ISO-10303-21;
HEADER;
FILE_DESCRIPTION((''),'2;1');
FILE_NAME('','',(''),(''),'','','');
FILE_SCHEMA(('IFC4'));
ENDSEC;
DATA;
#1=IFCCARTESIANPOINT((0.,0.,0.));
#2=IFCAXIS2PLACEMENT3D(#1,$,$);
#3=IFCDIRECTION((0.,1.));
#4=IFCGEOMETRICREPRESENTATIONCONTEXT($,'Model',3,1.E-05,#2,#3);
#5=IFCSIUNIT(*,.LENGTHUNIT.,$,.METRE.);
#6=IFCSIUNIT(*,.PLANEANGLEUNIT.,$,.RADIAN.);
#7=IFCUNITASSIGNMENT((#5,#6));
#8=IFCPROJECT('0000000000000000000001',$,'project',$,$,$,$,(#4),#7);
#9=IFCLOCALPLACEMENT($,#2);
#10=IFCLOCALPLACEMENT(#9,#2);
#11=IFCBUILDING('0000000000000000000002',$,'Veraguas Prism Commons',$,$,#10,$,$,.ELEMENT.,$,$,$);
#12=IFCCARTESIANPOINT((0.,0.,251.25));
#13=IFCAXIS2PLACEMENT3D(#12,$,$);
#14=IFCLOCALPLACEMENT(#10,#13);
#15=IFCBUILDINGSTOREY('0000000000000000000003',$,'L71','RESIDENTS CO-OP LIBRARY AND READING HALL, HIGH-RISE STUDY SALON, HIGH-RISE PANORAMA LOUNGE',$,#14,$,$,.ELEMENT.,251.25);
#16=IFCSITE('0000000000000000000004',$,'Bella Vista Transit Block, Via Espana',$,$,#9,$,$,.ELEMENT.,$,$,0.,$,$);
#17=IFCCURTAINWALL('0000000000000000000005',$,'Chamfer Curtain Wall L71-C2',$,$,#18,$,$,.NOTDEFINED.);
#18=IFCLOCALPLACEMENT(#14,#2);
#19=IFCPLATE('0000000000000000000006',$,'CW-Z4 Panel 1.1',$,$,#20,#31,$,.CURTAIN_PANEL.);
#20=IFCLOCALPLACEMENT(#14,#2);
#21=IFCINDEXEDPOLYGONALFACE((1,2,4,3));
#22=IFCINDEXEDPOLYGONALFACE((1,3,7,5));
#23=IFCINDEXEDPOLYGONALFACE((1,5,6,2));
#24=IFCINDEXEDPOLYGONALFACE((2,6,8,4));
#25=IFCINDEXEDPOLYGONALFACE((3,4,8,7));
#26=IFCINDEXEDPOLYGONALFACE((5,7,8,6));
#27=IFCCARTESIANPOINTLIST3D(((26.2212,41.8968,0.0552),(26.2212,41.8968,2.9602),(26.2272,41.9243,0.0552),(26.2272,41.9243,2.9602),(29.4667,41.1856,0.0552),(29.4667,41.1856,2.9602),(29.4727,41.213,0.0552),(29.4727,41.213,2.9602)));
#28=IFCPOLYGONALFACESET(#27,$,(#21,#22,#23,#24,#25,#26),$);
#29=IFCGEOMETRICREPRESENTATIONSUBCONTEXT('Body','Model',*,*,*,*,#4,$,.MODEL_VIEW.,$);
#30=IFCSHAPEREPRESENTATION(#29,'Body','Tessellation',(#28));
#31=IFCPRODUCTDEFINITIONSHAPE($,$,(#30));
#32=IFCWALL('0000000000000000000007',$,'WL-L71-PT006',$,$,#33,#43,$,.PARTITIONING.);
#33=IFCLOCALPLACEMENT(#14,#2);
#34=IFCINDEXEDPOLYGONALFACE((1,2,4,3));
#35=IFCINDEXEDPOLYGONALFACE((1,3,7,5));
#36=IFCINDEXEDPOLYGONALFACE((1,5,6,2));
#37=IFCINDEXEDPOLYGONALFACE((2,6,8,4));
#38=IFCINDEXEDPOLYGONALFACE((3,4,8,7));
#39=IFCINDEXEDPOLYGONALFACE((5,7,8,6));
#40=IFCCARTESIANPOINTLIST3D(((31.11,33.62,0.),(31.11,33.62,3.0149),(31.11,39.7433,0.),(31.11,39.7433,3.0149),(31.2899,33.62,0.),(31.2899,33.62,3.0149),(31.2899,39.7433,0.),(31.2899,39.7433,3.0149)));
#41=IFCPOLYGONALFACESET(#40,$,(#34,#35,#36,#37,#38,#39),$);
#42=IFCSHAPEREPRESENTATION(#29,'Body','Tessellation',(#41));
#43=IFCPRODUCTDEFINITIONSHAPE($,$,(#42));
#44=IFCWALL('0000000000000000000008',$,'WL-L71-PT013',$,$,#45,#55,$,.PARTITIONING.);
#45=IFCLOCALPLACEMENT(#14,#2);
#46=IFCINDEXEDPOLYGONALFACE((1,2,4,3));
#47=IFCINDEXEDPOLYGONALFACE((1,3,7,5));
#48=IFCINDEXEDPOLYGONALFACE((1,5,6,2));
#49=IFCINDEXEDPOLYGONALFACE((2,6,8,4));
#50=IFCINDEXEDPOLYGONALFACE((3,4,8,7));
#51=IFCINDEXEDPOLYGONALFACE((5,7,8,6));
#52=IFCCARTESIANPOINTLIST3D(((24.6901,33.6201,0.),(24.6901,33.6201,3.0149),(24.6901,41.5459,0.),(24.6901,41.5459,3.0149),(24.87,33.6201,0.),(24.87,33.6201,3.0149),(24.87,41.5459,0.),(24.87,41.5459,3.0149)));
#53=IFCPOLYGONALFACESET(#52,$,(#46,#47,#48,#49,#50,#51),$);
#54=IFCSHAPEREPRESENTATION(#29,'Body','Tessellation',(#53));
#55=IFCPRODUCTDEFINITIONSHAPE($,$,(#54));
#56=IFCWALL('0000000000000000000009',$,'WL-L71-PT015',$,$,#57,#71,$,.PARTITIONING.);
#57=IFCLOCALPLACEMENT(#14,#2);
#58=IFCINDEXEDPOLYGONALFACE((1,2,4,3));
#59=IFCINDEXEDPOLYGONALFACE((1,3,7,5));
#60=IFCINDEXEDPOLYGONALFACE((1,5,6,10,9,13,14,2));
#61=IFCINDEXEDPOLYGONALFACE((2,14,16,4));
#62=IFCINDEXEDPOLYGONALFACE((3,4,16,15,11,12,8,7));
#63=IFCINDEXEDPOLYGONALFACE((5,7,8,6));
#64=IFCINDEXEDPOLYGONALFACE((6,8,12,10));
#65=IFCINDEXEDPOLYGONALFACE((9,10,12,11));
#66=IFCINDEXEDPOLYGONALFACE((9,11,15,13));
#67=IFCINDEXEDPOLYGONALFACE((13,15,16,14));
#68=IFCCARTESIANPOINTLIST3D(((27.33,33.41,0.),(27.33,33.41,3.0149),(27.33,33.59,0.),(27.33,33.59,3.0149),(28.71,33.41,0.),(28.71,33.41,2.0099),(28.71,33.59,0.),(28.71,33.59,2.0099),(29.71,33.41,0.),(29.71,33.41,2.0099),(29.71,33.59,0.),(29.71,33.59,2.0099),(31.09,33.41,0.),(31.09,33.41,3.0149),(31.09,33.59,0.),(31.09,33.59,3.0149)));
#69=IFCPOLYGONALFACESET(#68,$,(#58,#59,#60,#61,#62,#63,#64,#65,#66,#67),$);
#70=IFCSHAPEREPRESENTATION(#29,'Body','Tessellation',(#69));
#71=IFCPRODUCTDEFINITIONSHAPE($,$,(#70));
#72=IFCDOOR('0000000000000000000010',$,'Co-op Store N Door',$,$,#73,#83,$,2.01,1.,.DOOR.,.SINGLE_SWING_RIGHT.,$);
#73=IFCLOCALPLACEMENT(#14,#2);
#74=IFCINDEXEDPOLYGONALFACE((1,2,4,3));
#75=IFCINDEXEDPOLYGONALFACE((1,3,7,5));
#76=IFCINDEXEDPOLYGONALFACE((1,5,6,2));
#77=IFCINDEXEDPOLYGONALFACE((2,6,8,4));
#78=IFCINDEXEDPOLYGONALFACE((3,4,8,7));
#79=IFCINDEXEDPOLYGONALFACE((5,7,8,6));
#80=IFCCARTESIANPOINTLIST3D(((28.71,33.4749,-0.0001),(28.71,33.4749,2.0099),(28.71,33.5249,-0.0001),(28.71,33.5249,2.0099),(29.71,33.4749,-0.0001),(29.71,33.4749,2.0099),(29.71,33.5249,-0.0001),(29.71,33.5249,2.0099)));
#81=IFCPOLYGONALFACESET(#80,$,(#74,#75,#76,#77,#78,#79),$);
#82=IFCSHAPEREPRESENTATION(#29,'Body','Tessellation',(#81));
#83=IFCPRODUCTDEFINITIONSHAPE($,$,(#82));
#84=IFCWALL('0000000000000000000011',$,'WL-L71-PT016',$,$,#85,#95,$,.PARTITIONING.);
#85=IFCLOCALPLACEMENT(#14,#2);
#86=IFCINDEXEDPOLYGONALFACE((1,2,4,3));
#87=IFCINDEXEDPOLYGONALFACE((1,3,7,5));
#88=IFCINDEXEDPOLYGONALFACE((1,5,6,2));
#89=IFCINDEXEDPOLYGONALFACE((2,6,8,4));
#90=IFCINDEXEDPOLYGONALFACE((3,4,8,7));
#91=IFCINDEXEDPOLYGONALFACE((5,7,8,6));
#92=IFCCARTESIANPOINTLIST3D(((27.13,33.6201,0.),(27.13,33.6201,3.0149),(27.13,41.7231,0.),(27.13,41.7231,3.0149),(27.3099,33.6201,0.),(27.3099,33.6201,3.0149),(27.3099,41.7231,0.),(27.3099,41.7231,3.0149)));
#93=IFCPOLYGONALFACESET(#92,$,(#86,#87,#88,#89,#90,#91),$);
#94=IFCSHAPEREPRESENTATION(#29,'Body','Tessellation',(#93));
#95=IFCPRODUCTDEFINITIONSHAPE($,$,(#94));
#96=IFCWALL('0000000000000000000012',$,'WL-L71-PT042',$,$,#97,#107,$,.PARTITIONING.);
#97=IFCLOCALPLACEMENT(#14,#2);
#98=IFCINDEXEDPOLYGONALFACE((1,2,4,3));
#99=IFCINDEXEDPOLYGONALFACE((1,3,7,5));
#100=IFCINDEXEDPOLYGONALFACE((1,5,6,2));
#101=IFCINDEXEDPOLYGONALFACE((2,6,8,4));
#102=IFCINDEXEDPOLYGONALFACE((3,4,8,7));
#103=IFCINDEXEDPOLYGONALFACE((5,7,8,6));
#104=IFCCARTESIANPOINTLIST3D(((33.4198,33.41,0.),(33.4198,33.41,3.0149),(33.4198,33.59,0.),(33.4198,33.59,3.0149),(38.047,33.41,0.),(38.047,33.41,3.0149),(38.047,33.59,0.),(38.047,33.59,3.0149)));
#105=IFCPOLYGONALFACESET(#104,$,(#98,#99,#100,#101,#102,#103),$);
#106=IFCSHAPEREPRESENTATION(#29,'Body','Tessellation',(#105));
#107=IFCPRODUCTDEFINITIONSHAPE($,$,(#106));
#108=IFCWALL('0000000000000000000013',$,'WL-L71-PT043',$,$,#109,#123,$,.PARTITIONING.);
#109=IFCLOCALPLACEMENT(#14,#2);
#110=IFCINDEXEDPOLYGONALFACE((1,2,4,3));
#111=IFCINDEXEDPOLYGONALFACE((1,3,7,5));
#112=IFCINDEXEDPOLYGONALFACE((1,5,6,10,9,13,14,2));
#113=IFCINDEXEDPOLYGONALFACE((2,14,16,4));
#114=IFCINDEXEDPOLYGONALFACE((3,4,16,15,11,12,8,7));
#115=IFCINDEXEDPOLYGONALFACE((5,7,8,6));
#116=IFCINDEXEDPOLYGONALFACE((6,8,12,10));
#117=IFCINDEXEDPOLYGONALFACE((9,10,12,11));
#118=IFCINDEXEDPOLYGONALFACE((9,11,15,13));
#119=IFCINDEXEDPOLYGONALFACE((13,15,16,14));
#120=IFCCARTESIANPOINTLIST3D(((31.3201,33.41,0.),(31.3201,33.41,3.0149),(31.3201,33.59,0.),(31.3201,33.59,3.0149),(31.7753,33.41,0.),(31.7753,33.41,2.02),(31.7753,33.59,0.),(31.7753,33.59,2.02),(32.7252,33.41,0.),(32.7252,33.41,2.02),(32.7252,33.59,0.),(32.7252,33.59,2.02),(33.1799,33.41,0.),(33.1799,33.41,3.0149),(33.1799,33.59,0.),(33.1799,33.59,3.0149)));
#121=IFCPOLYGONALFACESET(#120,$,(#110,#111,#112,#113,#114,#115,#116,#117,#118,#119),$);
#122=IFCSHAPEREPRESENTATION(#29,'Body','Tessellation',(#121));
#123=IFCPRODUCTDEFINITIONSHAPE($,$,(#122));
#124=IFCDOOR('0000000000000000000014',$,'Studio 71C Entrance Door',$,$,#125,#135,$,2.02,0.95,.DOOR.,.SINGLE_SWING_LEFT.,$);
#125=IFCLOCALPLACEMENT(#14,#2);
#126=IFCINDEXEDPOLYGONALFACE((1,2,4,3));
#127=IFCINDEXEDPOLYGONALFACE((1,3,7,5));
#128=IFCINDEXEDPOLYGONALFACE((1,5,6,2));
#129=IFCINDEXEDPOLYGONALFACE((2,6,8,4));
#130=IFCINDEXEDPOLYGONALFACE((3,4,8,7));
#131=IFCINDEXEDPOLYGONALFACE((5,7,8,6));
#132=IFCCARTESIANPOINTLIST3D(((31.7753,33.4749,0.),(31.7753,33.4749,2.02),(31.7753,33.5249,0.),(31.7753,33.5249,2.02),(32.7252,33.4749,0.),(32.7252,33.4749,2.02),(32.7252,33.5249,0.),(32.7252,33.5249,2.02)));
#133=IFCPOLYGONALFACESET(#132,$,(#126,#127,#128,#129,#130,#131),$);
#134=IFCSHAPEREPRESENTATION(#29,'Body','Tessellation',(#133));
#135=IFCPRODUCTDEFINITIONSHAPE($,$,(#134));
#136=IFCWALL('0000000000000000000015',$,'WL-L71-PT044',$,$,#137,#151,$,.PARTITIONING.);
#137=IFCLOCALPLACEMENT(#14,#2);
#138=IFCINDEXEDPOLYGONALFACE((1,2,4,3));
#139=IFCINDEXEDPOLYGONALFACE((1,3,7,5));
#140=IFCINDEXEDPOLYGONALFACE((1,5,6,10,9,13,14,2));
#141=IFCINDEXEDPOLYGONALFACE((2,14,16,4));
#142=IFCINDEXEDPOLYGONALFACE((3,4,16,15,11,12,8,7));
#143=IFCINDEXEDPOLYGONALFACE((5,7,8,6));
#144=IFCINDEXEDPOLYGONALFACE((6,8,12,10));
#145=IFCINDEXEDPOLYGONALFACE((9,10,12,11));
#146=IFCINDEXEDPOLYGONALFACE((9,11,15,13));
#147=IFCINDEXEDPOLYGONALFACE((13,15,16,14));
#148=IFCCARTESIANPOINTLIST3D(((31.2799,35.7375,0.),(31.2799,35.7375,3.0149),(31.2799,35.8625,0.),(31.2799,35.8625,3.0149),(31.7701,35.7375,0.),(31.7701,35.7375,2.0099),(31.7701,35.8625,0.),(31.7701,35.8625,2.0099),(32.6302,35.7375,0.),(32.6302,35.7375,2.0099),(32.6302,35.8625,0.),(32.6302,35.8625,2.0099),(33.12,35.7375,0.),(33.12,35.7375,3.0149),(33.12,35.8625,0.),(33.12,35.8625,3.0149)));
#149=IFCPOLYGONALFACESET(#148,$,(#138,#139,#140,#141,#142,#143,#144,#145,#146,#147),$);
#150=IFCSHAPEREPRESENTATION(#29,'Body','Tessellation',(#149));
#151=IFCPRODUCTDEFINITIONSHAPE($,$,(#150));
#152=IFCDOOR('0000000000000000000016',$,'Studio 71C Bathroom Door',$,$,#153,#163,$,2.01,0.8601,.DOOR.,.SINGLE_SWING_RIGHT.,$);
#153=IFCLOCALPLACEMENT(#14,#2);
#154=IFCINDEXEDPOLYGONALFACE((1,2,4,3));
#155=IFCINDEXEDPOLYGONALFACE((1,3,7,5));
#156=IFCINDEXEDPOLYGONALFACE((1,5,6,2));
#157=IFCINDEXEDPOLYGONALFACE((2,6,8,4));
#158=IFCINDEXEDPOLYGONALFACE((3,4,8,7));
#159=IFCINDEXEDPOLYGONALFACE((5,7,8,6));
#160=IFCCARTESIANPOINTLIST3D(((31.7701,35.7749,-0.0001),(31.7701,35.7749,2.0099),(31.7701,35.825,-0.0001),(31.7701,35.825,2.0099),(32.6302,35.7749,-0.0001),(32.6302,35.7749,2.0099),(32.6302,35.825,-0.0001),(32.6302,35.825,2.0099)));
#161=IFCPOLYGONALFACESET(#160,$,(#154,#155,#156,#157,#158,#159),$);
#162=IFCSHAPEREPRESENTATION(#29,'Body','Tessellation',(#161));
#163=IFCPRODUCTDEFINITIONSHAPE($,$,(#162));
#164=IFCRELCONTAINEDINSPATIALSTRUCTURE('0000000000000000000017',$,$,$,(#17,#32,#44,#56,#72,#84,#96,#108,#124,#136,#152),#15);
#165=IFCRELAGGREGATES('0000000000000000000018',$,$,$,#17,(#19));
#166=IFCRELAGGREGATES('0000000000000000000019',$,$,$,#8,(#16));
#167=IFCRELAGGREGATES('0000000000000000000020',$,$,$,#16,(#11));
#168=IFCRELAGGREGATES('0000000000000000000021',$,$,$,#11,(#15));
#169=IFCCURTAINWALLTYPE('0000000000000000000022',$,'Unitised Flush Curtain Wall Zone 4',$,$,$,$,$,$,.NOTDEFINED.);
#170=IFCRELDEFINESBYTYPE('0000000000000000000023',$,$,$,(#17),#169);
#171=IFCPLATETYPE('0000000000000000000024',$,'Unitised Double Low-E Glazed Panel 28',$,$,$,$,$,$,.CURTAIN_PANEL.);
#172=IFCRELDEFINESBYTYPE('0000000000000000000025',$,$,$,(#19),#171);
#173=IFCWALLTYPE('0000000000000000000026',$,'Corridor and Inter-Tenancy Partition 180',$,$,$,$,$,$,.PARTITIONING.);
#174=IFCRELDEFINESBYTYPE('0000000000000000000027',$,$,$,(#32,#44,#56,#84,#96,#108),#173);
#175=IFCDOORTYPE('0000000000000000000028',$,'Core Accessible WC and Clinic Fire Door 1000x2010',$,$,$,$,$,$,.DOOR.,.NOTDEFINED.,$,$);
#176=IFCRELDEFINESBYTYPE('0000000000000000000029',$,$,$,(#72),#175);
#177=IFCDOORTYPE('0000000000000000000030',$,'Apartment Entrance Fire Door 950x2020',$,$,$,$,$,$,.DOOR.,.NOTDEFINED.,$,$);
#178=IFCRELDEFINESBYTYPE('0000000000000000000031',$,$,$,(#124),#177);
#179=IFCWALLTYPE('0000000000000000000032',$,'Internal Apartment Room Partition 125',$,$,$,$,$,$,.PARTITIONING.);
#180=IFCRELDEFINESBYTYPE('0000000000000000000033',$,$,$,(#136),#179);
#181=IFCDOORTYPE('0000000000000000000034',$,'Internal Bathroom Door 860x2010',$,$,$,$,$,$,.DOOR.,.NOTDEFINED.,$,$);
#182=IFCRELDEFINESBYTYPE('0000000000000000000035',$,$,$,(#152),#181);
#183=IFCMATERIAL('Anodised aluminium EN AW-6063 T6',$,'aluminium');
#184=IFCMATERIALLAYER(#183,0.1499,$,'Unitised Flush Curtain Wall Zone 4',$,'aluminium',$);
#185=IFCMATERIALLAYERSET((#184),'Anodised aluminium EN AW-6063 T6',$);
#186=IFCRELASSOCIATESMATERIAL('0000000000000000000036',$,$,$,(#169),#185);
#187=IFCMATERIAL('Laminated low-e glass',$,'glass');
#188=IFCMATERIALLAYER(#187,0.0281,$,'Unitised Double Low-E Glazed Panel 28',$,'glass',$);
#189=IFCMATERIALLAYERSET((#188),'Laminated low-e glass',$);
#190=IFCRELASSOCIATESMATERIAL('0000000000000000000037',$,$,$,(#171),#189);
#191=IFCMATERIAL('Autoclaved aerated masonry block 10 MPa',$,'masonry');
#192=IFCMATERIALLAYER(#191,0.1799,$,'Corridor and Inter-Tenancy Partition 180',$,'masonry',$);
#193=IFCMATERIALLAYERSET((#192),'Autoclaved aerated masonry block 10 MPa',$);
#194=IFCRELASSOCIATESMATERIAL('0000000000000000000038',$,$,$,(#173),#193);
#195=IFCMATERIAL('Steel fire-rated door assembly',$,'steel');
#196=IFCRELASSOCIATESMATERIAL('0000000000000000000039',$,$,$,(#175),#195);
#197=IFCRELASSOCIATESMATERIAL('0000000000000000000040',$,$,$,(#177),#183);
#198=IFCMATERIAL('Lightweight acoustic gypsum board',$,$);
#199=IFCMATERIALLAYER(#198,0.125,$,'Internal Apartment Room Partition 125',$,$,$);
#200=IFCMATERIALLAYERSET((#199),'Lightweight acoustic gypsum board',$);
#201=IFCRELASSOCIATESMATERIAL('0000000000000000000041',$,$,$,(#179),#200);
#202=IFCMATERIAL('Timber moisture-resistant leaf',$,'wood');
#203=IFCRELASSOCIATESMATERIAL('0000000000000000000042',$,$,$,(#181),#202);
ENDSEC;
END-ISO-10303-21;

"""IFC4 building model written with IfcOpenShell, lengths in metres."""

from ifc_helpers import new_model, si_unit, direction, frame, frame_2d, origin, origin_2d, place, context, subcontext, project, spatial, rectangle, extrude, source, transform, mapped, material, layer, layer_set, type_object, element, fill, aggregate, save


model = new_model("IFC4")

# Units and contexts
model_context = context("Model", 3, precision=1e-05, world=origin(), true_north=direction((0.0, 1.0)))
body_context = subcontext(model_context, "Body", "Model", "MODEL_VIEW")
ifc_project = project(units=[si_unit("LENGTHUNIT", "METRE"), si_unit("PLANEANGLEUNIT", "RADIAN")], contexts=[model_context])

# Site, building, storey
site_placement = place(None, origin())
site = spatial("IfcSite", under=ifc_project, at=site_placement, Name="Bella Vista Transit Block, Via Espana", CompositionType="ELEMENT", RefElevation=0.0)
building_placement = place(site_placement, origin())
building = spatial("IfcBuilding", under=site, at=building_placement, Name="Veraguas Prism Commons", CompositionType="ELEMENT")
storey_placement = place(building_placement, frame((0.0, 0.0, 251.25)))
storey = spatial("IfcBuildingStorey", under=building, at=storey_placement, Name="L71", Description="RESIDENTS CO-OP LIBRARY AND READING HALL, HIGH-RISE STUDY SALON, HIGH-RISE PANORAMA LOUNGE", CompositionType="ELEMENT", Elevation=251.25)

# Shared definitions
ifc_material_1 = material(Name="Anodised aluminium EN AW-6063 T6", Category="aluminium")
ifc_layer_1 = layer(ifc_material_1, 0.1499, Name="Unitised Flush Curtain Wall Zone 4", Category="aluminium")
ifc_layer_set_1 = layer_set([ifc_layer_1], Name="Anodised aluminium EN AW-6063 T6")
curtain_wall_type = type_object("IfcCurtainWallType", Name="Unitised Flush Curtain Wall Zone 4", PredefinedType="NOTDEFINED", material=ifc_layer_set_1)

# Curtain wall
curtain_wall_1_placement = place(storey_placement, origin())
curtain_wall_1 = element("IfcCurtainWall", 1, at=curtain_wall_1_placement, inside=storey, type_object=curtain_wall_type, Name="Chamfer Curtain Wall L71-C2", PredefinedType="NOTDEFINED")

# Plate
ifc_material_2 = material(Name="Laminated low-e glass", Category="glass")
ifc_layer_2 = layer(ifc_material_2, 0.0281, Name="Unitised Double Low-E Glazed Panel 28", Category="glass")
ifc_layer_set_2 = layer_set([ifc_layer_2], Name="Laminated low-e glass")
plate_type = type_object("IfcPlateType", Name="Unitised Double Low-E Glazed Panel 28", PredefinedType="CURTAIN_PANEL", material=ifc_layer_set_2)
shared_shape_1 = source(origin(), body_context, "Body", "SweptSolid", [
    extrude(rectangle(XDim=3.3225, YDim=0.0281, at=origin_2d()), origin(), (0.0, 0.0, 1.0), 2.905),
])
plate_1_placement = place(storey_placement, frame((27.8469, 41.5549, 0.0552), z_axis=(0.0, 0.0, 1.0), x_axis=(-0.97682, 0.21406, 0.0)))
plate_1 = element("IfcPlate", 2, at=plate_1_placement, type_object=plate_type, Name="CW-Z4 Panel 1.1", PredefinedType="CURTAIN_PANEL", context=body_context, shape_type="MappedRepresentation", body=[
    mapped(shared_shape_1, transform((0.0, 0.0, 0.0), scale=1.0)),
])
aggregate(curtain_wall_1, [plate_1])

# Walls
ifc_material_3 = material(Name="Autoclaved aerated masonry block 10 MPa", Category="masonry")
ifc_layer_3 = layer(ifc_material_3, 0.1799, Name="Corridor and Inter-Tenancy Partition 180", Category="masonry")
ifc_layer_set_3 = layer_set([ifc_layer_3], Name="Autoclaved aerated masonry block 10 MPa")
wall_type_1 = type_object("IfcWallType", Name="Corridor and Inter-Tenancy Partition 180", PredefinedType="PARTITIONING", material=ifc_layer_set_3)
wall_1_placement = place(storey_placement, frame((31.2, 33.6201, 0.0), z_axis=(0.0, 0.0, 1.0), x_axis=(0.0, 1.0, 0.0)))
element("IfcWall", 3, at=wall_1_placement, inside=storey, type_object=wall_type_1, Name="WL-L71-PT006", PredefinedType="PARTITIONING", context=body_context, shape_type="SweptSolid", body=[
    extrude(rectangle(XDim=6.1233, YDim=0.1799, at=frame_2d((3.0615, 0.0))), origin(), (0.0, 0.0, 1.0), 3.0149),
])
wall_2_placement = place(storey_placement, frame((24.78, 33.6201, 0.0), z_axis=(0.0, 0.0, 1.0), x_axis=(0.0, 1.0, 0.0)))
element("IfcWall", 4, at=wall_2_placement, inside=storey, type_object=wall_type_1, Name="WL-L71-PT013", PredefinedType="PARTITIONING", context=body_context, shape_type="SweptSolid", body=[
    extrude(rectangle(XDim=7.9258, YDim=0.1799, at=frame_2d((3.9629, 0.0))), origin(), (0.0, 0.0, 1.0), 3.0149),
])

# Wall, opening, door
wall_3_placement = place(storey_placement, frame((27.3301, 33.5, 0.0), z_axis=(0.0, 0.0, 1.0), x_axis=(1.0, 0.0, 0.0)))
wall_3 = element("IfcWall", 5, at=wall_3_placement, inside=storey, type_object=wall_type_1, Name="WL-L71-PT015", PredefinedType="PARTITIONING", context=body_context, shape_type="SweptSolid", body=[
    extrude(rectangle(XDim=3.76, YDim=0.1799, at=frame_2d((1.8799, 0.0))), origin(), (0.0, 0.0, 1.0), 3.0149),
])
opening_1_placement = place(wall_3_placement, frame((1.3799, 0.0, 0.0)))
opening_1 = element("IfcOpeningElement", 6, at=opening_1_placement, cuts=wall_3, PredefinedType="OPENING", context=body_context, shape_type="SweptSolid", body=[
    extrude(rectangle(XDim=1.0, YDim=2.01, at=frame_2d((0.5, 1.0049))), frame((0.0, 0.0999, 0.0), z_axis=(0.0, -1.0, 0.0), x_axis=(1.0, 0.0, 0.0)), (0.0, 0.0, 1.0), 0.2),
])
ifc_material_4 = material(Name="Steel fire-rated door assembly", Category="steel")
door_type_1 = type_object("IfcDoorType", Name="Core Accessible WC and Clinic Fire Door 1000x2010", OperationType="NOTDEFINED", PredefinedType="DOOR", material=ifc_material_4)
shared_shape_2 = source(origin(), body_context, "Body", "SweptSolid", [
    extrude(rectangle(XDim=1.0, YDim=2.01, at=frame_2d((0.5, 1.0049))), frame((0.0, 0.0249, 0.0), z_axis=(0.0, -1.0, 0.0), x_axis=(1.0, 0.0, 0.0)), (0.0, 0.0, 1.0), 0.05),
])
door_1_placement = place(opening_1_placement, origin())
door_1 = element("IfcDoor", 7, at=door_1_placement, inside=storey, type_object=door_type_1, Name="Co-op Store N Door", OperationType="SINGLE_SWING_RIGHT", OverallHeight=2.01, OverallWidth=1.0, PredefinedType="DOOR", context=body_context, shape_type="MappedRepresentation", body=[
    mapped(shared_shape_2, transform((0.0, 0.0, 0.0), scale=1.0)),
])
fill(opening_1, door_1)

# Walls
wall_4_placement = place(storey_placement, frame((27.22, 33.6201, 0.0), z_axis=(0.0, 0.0, 1.0), x_axis=(0.0, 1.0, 0.0)))
element("IfcWall", 8, at=wall_4_placement, inside=storey, type_object=wall_type_1, Name="WL-L71-PT016", PredefinedType="PARTITIONING", context=body_context, shape_type="SweptSolid", body=[
    extrude(rectangle(XDim=8.103, YDim=0.1799, at=frame_2d((4.0515, 0.0))), origin(), (0.0, 0.0, 1.0), 3.0149),
])
wall_5_placement = place(storey_placement, frame((33.4199, 33.5, 0.0), z_axis=(0.0, 0.0, 1.0), x_axis=(1.0, 0.0, 0.0)))
element("IfcWall", 9, at=wall_5_placement, inside=storey, type_object=wall_type_1, Name="WL-L71-PT042", PredefinedType="PARTITIONING", context=body_context, shape_type="SweptSolid", body=[
    extrude(rectangle(XDim=4.6272, YDim=0.1799, at=frame_2d((2.3135, 0.0))), origin(), (0.0, 0.0, 1.0), 3.0149),
])

# Walls, openings, doors
wall_6_placement = place(storey_placement, frame((31.3201, 33.5, 0.0), z_axis=(0.0, 0.0, 1.0), x_axis=(1.0, 0.0, 0.0)))
wall_6 = element("IfcWall", 10, at=wall_6_placement, inside=storey, type_object=wall_type_1, Name="WL-L71-PT043", PredefinedType="PARTITIONING", context=body_context, shape_type="SweptSolid", body=[
    extrude(rectangle(XDim=1.8599, YDim=0.1799, at=frame_2d((0.9299, 0.0))), origin(), (0.0, 0.0, 1.0), 3.0149),
])
opening_2_placement = place(wall_6_placement, frame((0.4551, 0.0, 0.0)))
opening_2 = element("IfcOpeningElement", 11, at=opening_2_placement, cuts=wall_6, PredefinedType="OPENING", context=body_context, shape_type="SweptSolid", body=[
    extrude(rectangle(XDim=0.95, YDim=2.02, at=frame_2d((0.4751, 1.01))), frame((0.0, 0.0999, 0.0), z_axis=(0.0, -1.0, 0.0), x_axis=(1.0, 0.0, 0.0)), (0.0, 0.0, 1.0), 0.2),
])
door_type_2 = type_object("IfcDoorType", Name="Apartment Entrance Fire Door 950x2020", OperationType="NOTDEFINED", PredefinedType="DOOR", material=ifc_material_1)
shared_shape_3 = source(origin(), body_context, "Body", "SweptSolid", [
    extrude(rectangle(XDim=0.95, YDim=2.02, at=frame_2d((0.4751, 1.01))), frame((0.0, 0.0249, 0.0), z_axis=(0.0, -1.0, 0.0), x_axis=(1.0, 0.0, 0.0)), (0.0, 0.0, 1.0), 0.05),
])
door_2_placement = place(opening_2_placement, origin())
door_2 = element("IfcDoor", 12, at=door_2_placement, inside=storey, type_object=door_type_2, Name="Studio 71C Entrance Door", OperationType="SINGLE_SWING_LEFT", OverallHeight=2.02, OverallWidth=0.95, PredefinedType="DOOR", context=body_context, shape_type="MappedRepresentation", body=[
    mapped(shared_shape_3, transform((0.0, 0.0, 0.0), scale=1.0)),
])
fill(opening_2, door_2)
ifc_material_5 = material(Name="Lightweight acoustic gypsum board")
ifc_layer_4 = layer(ifc_material_5, 0.125, Name="Internal Apartment Room Partition 125")
ifc_layer_set_4 = layer_set([ifc_layer_4], Name="Lightweight acoustic gypsum board")
wall_type_2 = type_object("IfcWallType", Name="Internal Apartment Room Partition 125", PredefinedType="PARTITIONING", material=ifc_layer_set_4)
wall_7_placement = place(storey_placement, frame((31.28, 35.8, 0.0), z_axis=(0.0, 0.0, 1.0), x_axis=(1.0, 0.0, 0.0)))
wall_7 = element("IfcWall", 13, at=wall_7_placement, inside=storey, type_object=wall_type_2, Name="WL-L71-PT044", PredefinedType="PARTITIONING", context=body_context, shape_type="SweptSolid", body=[
    extrude(rectangle(XDim=1.8401, YDim=0.125, at=frame_2d((0.9199, 0.0))), origin(), (0.0, 0.0, 1.0), 3.0149),
])
opening_3_placement = place(wall_7_placement, frame((0.49, 0.0, 0.0)))
opening_3 = element("IfcOpeningElement", 14, at=opening_3_placement, cuts=wall_7, PredefinedType="OPENING", context=body_context, shape_type="SweptSolid", body=[
    extrude(rectangle(XDim=0.8601, YDim=2.01, at=frame_2d((0.4302, 1.0049))), frame((0.0, 0.0725, 0.0), z_axis=(0.0, -1.0, 0.0), x_axis=(1.0, 0.0, 0.0)), (0.0, 0.0, 1.0), 0.145),
])
ifc_material_6 = material(Name="Timber moisture-resistant leaf", Category="wood")
door_type_3 = type_object("IfcDoorType", Name="Internal Bathroom Door 860x2010", OperationType="NOTDEFINED", PredefinedType="DOOR", material=ifc_material_6)
shared_shape_4 = source(origin(), body_context, "Body", "SweptSolid", [
    extrude(rectangle(XDim=0.8601, YDim=2.01, at=frame_2d((0.4302, 1.0049))), frame((0.0, 0.0249, 0.0), z_axis=(0.0, -1.0, 0.0), x_axis=(1.0, 0.0, 0.0)), (0.0, 0.0, 1.0), 0.05),
])
door_3_placement = place(opening_3_placement, origin())
door_3 = element("IfcDoor", 15, at=door_3_placement, inside=storey, type_object=door_type_3, Name="Studio 71C Bathroom Door", OperationType="SINGLE_SWING_RIGHT", OverallHeight=2.01, OverallWidth=0.8601, PredefinedType="DOOR", context=body_context, shape_type="MappedRepresentation", body=[
    mapped(shared_shape_4, transform((0.0, 0.0, 0.0), scale=1.0)),
])
fill(opening_3, door_3)

save(model, "model.ifc")
